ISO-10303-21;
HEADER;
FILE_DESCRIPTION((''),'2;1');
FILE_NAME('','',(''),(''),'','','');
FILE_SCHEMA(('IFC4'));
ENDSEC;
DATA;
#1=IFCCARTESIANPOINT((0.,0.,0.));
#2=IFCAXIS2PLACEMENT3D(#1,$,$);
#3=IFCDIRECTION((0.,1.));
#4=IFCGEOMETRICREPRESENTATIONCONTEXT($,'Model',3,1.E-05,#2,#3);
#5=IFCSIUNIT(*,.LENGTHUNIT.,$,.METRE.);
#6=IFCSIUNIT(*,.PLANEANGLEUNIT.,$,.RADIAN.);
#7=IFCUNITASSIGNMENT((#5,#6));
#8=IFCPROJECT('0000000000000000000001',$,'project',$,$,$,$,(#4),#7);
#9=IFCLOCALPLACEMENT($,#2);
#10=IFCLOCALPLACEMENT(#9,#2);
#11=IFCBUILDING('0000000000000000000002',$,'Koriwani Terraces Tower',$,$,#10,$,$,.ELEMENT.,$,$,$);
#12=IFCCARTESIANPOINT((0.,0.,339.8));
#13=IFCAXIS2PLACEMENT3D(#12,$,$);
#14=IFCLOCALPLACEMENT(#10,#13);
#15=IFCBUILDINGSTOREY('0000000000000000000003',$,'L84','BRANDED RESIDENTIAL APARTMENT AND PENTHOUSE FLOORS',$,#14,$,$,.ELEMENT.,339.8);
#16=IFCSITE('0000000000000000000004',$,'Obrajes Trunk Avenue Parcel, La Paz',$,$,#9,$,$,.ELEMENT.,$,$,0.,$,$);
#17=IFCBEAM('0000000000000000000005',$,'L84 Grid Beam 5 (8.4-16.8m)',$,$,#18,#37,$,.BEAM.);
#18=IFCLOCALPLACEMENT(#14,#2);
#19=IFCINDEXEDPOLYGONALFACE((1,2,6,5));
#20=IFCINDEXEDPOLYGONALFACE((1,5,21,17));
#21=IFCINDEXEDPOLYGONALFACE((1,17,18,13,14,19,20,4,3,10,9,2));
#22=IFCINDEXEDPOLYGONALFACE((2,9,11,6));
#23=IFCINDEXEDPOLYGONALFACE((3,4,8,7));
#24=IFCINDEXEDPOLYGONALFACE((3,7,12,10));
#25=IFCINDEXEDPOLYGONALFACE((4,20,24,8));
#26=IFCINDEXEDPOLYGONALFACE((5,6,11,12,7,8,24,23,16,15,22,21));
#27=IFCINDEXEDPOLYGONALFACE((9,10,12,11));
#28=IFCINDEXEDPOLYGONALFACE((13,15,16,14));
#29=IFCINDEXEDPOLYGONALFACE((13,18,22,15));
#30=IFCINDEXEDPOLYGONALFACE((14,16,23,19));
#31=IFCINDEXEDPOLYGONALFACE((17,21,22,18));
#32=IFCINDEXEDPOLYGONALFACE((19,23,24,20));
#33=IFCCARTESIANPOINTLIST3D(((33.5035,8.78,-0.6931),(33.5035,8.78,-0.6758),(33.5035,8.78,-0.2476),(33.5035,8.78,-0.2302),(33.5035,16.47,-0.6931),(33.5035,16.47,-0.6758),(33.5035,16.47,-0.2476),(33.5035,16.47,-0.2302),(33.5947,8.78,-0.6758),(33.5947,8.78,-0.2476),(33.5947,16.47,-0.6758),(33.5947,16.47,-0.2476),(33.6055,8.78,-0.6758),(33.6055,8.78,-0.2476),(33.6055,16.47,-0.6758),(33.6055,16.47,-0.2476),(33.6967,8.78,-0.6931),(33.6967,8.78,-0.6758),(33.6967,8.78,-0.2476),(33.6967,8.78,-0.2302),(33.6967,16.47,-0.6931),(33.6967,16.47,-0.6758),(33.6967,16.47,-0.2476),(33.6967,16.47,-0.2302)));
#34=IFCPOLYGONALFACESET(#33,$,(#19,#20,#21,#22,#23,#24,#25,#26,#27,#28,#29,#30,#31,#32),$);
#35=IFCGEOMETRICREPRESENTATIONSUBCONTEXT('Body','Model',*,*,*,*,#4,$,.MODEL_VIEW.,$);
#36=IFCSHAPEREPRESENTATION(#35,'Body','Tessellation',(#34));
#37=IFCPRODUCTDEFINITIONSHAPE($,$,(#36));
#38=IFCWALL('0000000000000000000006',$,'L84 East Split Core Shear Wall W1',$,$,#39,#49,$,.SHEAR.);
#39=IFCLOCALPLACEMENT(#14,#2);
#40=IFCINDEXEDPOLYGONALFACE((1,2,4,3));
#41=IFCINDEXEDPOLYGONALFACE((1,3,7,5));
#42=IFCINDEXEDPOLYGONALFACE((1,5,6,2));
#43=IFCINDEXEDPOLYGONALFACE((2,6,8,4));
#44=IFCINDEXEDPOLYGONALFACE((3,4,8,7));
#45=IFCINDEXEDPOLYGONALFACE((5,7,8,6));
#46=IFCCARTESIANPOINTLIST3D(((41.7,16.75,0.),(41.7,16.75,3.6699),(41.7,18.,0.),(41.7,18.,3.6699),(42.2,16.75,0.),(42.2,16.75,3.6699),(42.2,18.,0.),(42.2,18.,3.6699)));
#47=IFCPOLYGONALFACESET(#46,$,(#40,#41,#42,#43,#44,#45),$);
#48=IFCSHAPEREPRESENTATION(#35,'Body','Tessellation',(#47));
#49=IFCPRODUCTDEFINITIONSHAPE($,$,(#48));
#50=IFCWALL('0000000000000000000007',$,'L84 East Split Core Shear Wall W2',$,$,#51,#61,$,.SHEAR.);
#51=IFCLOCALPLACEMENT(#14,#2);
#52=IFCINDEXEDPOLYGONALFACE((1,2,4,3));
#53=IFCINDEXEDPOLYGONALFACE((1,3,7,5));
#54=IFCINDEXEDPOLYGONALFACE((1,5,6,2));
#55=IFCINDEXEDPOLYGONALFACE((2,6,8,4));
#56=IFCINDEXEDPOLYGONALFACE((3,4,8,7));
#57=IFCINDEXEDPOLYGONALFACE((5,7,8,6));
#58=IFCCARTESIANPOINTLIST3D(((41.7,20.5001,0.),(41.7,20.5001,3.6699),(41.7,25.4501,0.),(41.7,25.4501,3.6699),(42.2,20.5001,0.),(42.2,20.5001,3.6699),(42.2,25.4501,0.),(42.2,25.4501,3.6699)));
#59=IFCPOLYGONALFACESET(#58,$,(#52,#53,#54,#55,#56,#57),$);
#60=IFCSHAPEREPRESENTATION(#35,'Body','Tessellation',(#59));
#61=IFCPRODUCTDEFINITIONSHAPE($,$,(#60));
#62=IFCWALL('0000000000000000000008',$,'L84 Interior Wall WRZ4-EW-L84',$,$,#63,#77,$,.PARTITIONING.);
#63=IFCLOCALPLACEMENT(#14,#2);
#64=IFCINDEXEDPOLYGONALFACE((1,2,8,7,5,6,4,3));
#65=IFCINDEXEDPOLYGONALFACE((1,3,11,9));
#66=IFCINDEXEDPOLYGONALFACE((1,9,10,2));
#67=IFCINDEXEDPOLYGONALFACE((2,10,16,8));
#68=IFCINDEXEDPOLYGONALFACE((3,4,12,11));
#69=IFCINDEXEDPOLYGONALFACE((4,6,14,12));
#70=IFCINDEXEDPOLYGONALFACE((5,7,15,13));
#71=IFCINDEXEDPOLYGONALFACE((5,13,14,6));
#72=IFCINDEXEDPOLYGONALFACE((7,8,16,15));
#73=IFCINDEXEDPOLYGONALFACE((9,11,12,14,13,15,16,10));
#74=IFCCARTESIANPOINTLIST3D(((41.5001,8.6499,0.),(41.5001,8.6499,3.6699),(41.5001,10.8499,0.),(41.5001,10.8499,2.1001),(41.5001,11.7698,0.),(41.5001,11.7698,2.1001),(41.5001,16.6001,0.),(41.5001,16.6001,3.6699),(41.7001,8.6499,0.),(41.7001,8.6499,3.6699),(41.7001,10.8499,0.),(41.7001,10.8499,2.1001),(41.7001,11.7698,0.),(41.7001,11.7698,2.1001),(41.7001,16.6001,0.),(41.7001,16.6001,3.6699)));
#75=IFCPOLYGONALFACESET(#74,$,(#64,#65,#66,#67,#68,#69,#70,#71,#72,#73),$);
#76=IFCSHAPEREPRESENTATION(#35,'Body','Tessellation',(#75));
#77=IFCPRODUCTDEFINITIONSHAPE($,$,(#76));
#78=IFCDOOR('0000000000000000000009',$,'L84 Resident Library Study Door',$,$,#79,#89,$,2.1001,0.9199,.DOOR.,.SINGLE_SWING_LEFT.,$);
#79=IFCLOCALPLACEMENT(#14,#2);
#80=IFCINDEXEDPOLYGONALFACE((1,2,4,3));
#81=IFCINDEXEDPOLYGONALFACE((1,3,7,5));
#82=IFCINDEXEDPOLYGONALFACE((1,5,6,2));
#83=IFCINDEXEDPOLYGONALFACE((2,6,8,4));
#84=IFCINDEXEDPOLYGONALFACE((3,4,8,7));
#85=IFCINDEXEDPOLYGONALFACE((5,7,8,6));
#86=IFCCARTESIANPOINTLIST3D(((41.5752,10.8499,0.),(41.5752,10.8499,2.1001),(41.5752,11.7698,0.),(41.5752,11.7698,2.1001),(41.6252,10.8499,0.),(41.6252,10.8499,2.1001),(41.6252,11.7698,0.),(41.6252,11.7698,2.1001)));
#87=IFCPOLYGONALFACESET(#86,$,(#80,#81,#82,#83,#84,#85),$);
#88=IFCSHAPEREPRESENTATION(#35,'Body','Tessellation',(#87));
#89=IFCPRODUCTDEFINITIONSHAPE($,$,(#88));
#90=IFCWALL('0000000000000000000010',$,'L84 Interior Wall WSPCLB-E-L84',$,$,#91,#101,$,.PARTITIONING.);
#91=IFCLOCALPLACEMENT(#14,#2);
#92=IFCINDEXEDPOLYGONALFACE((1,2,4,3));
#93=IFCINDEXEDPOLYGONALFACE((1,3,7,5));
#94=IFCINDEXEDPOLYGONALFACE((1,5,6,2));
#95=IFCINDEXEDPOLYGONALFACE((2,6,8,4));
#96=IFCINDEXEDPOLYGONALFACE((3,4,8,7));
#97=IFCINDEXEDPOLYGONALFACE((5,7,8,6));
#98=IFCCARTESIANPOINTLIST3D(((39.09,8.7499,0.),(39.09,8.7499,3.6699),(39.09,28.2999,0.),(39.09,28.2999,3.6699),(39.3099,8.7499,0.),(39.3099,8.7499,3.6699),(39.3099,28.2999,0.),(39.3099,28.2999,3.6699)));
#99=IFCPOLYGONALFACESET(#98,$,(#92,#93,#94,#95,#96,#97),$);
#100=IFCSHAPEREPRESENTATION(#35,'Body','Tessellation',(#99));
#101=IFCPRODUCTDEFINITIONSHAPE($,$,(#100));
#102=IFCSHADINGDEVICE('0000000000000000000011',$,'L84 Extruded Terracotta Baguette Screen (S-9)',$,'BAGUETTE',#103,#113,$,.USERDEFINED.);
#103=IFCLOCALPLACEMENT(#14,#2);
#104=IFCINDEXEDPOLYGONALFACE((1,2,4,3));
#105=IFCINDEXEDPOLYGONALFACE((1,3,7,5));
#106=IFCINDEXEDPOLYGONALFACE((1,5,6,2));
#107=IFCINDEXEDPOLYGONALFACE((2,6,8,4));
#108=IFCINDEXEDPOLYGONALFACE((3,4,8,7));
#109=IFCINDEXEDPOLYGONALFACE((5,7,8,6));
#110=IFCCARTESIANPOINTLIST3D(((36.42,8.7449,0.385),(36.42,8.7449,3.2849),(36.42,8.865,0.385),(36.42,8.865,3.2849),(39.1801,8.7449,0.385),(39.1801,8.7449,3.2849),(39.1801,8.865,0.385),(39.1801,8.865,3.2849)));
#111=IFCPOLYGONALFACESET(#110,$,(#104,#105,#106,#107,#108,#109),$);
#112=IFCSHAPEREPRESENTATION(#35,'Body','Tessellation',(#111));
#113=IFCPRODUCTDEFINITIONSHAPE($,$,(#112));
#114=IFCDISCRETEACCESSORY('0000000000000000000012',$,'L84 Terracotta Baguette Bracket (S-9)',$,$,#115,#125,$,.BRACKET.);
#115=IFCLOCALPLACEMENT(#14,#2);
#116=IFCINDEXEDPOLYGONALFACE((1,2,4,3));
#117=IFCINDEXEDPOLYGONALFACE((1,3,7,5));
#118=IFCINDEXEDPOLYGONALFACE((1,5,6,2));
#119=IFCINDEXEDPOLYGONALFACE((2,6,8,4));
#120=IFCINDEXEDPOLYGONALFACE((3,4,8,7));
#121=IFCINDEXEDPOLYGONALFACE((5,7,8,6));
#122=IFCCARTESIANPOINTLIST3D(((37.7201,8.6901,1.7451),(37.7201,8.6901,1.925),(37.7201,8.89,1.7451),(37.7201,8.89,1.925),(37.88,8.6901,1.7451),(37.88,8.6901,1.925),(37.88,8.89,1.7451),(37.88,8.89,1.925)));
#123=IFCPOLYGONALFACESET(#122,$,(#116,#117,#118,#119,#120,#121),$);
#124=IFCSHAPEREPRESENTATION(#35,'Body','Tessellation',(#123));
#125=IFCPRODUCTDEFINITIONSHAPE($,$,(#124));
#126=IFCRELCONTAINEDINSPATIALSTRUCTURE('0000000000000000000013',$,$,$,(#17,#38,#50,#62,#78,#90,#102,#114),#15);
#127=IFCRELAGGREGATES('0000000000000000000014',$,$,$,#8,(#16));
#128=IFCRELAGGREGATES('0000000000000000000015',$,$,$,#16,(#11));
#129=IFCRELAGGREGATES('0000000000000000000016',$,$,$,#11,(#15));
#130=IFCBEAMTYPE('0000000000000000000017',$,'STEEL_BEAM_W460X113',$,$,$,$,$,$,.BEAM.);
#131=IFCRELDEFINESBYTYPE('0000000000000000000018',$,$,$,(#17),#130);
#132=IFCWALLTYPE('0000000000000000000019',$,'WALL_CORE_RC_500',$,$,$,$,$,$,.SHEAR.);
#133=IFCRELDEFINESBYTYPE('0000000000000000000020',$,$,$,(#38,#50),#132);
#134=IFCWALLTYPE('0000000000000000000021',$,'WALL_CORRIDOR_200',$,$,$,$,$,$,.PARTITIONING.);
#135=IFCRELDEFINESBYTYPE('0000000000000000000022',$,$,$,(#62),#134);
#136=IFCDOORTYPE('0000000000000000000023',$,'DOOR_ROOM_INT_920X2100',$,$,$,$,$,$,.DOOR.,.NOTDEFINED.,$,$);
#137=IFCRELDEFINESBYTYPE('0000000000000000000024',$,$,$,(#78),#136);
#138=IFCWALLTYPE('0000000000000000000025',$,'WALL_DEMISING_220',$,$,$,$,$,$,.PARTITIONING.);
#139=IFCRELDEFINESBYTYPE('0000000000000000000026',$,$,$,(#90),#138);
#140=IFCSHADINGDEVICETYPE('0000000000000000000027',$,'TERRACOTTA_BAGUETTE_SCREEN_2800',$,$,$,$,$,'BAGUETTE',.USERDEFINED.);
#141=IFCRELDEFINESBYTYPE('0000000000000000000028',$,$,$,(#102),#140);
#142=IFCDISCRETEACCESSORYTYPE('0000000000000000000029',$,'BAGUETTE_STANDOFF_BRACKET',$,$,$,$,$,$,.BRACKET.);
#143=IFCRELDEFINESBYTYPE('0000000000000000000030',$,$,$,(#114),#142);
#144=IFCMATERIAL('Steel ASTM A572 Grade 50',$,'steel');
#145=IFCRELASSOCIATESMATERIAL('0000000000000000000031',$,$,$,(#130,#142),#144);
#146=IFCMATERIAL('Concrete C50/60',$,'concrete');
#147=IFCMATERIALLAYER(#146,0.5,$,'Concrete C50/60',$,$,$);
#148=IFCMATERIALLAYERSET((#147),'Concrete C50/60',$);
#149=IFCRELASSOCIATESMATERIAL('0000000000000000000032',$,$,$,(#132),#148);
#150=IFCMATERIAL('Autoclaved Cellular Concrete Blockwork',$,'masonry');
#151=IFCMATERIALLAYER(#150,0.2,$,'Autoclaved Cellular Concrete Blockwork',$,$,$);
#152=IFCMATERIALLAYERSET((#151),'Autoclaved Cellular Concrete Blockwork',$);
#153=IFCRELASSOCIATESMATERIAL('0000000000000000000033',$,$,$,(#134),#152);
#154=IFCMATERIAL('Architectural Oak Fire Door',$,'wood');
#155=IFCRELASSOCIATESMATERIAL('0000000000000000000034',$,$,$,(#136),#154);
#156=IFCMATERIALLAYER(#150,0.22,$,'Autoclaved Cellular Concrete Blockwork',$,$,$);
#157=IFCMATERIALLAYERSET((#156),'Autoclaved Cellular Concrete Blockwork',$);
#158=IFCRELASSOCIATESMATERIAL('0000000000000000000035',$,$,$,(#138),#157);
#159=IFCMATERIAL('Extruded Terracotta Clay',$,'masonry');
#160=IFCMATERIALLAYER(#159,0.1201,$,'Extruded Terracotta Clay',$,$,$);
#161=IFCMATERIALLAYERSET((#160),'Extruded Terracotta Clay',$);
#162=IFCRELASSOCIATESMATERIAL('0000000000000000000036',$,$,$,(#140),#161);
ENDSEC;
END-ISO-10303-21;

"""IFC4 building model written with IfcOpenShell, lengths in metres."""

from ifc_helpers import new_model, si_unit, direction, frame, frame_2d, origin, origin_2d, place, context, subcontext, project, spatial, rectangle, i_section, extrude, material, layer, layer_set, material_profile, profile_set, type_object, element, fill, save


model = new_model("IFC4")

# Units and contexts
model_context = context("Model", 3, precision=1e-05, world=origin(), true_north=direction((0.0, 1.0)))
body_context = subcontext(model_context, "Body", "Model", "MODEL_VIEW")
ifc_project = project(units=[si_unit("LENGTHUNIT", "METRE"), si_unit("PLANEANGLEUNIT", "RADIAN")], contexts=[model_context])

# Site, building, storey
site_placement = place(None, origin())
site = spatial("IfcSite", under=ifc_project, at=site_placement, Name="Obrajes Trunk Avenue Parcel, La Paz", CompositionType="ELEMENT", RefElevation=0.0)
building_placement = place(site_placement, origin())
building = spatial("IfcBuilding", under=site, at=building_placement, Name="Koriwani Terraces Tower", CompositionType="ELEMENT")
storey_placement = place(building_placement, frame((0.0, 0.0, 339.8)))
storey = spatial("IfcBuildingStorey", under=building, at=storey_placement, Name="L84", Description="BRANDED RESIDENTIAL APARTMENT AND PENTHOUSE FLOORS", CompositionType="ELEMENT", Elevation=339.8)

# Shared definitions
ifc_material_1 = material(Name="Concrete C50/60", Category="concrete")

# Beam
ifc_material_2 = material(Name="Steel ASTM A572 Grade 50", Category="steel")
ifc_material_profile_1 = material_profile(ifc_material_2, i_section(OverallWidth=0.1931, OverallDepth=0.4629, WebThickness=0.0107, FlangeThickness=0.0173, at=origin_2d()), Name="Steel ASTM A572 Grade 50", Category="LoadBearing")
ifc_profile_set_1 = profile_set([ifc_material_profile_1], Name="Steel ASTM A572 Grade 50")
beam_type_1 = type_object("IfcBeamType", Name="STEEL_BEAM_W460X113", PredefinedType="BEAM", material=ifc_profile_set_1)
beam_1_placement = place(storey_placement, frame((33.6001, 8.78, -0.4617), z_axis=(0.0, 1.0, 0.0), x_axis=(-1.0, 0.0, 0.0)))
element("IfcBeam", 1, at=beam_1_placement, inside=storey, type_object=beam_type_1, Name="L84 Grid Beam 5 (8.4-16.8m)", PredefinedType="BEAM", context=body_context, shape_type="SweptSolid", body=[
    extrude(i_section(OverallWidth=0.1931, OverallDepth=0.4629, WebThickness=0.0107, FlangeThickness=0.0173, at=origin_2d()), origin(), (0.0, 0.0, 1.0), 7.6899),
])

# Walls
ifc_layer_1 = layer(ifc_material_1, 0.5, Name="Concrete C50/60")
ifc_layer_set_1 = layer_set([ifc_layer_1], Name="Concrete C50/60")
wall_type_1 = type_object("IfcWallType", Name="WALL_CORE_RC_500", PredefinedType="SHEAR", material=ifc_layer_set_1)
wall_1_placement = place(storey_placement, frame((41.95, 16.75, 0.0), z_axis=(0.0, 0.0, 1.0), x_axis=(0.0, 1.0, 0.0)))
element("IfcWall", 2, at=wall_1_placement, inside=storey, type_object=wall_type_1, Name="L84 East Split Core Shear Wall W1", PredefinedType="SHEAR", context=body_context, shape_type="SweptSolid", body=[
    extrude(rectangle(XDim=1.25, YDim=0.5, at=frame_2d((0.625, 0.0))), origin(), (0.0, 0.0, 1.0), 3.6699),
])
wall_2_placement = place(storey_placement, frame((41.95, 20.5, 0.0), z_axis=(0.0, 0.0, 1.0), x_axis=(0.0, 1.0, 0.0)))
element("IfcWall", 3, at=wall_2_placement, inside=storey, type_object=wall_type_1, Name="L84 East Split Core Shear Wall W2", PredefinedType="SHEAR", context=body_context, shape_type="SweptSolid", body=[
    extrude(rectangle(XDim=4.95, YDim=0.5, at=frame_2d((2.4751, 0.0))), origin(), (0.0, 0.0, 1.0), 3.6699),
])

# Wall, opening, door
ifc_material_3 = material(Name="Autoclaved Cellular Concrete Blockwork", Category="masonry")
ifc_layer_2 = layer(ifc_material_3, 0.2, Name="Autoclaved Cellular Concrete Blockwork")
ifc_layer_set_2 = layer_set([ifc_layer_2], Name="Autoclaved Cellular Concrete Blockwork")
wall_type_2 = type_object("IfcWallType", Name="WALL_CORRIDOR_200", PredefinedType="PARTITIONING", material=ifc_layer_set_2)
wall_3_placement = place(storey_placement, frame((41.6001, 8.6499, 0.0), z_axis=(0.0, 0.0, 1.0), x_axis=(0.0, 1.0, 0.0)))
wall_3 = element("IfcWall", 4, at=wall_3_placement, inside=storey, type_object=wall_type_2, Name="L84 Interior Wall WRZ4-EW-L84", PredefinedType="PARTITIONING", context=body_context, shape_type="SweptSolid", body=[
    extrude(rectangle(XDim=7.9502, YDim=0.2, at=frame_2d((3.9751, 0.0))), origin(), (0.0, 0.0, 1.0), 3.6699),
])
opening_placement = place(wall_3_placement, frame((2.2, 0.0, 0.0)))
opening = element("IfcOpeningElement", 5, at=opening_placement, cuts=wall_3, PredefinedType="OPENING", context=body_context, shape_type="SweptSolid", body=[
    extrude(rectangle(XDim=0.9199, YDim=2.1001, at=frame_2d((0.46, 1.05))), frame((0.0, 0.1099, 0.0), z_axis=(0.0, -1.0, 0.0), x_axis=(1.0, 0.0, 0.0)), (0.0, 0.0, 1.0), 0.22),
])
ifc_material_4 = material(Name="Architectural Oak Fire Door", Category="wood")
door_type = type_object("IfcDoorType", Name="DOOR_ROOM_INT_920X2100", OperationType="NOTDEFINED", PredefinedType="DOOR", material=ifc_material_4)
door_placement = place(opening_placement, origin())
door = element("IfcDoor", 6, at=door_placement, inside=storey, type_object=door_type, Name="L84 Resident Library Study Door", OperationType="SINGLE_SWING_LEFT", OverallHeight=2.1001, OverallWidth=0.9199, PredefinedType="DOOR", context=body_context, shape_type="SweptSolid", body=[
    extrude(rectangle(XDim=0.9199, YDim=2.1001, at=frame_2d((0.46, 1.05))), frame((0.0, 0.0249, 0.0), z_axis=(0.0, -1.0, 0.0), x_axis=(1.0, 0.0, 0.0)), (0.0, 0.0, 1.0), 0.05),
])
fill(opening, door)

# Wall
ifc_layer_3 = layer(ifc_material_3, 0.22, Name="Autoclaved Cellular Concrete Blockwork")
ifc_layer_set_3 = layer_set([ifc_layer_3], Name="Autoclaved Cellular Concrete Blockwork")
wall_type_3 = type_object("IfcWallType", Name="WALL_DEMISING_220", PredefinedType="PARTITIONING", material=ifc_layer_set_3)
wall_4_placement = place(storey_placement, frame((39.2, 8.75, 0.0), z_axis=(0.0, 0.0, 1.0), x_axis=(0.0, 1.0, 0.0)))
element("IfcWall", 7, at=wall_4_placement, inside=storey, type_object=wall_type_3, Name="L84 Interior Wall WSPCLB-E-L84", PredefinedType="PARTITIONING", context=body_context, shape_type="SweptSolid", body=[
    extrude(rectangle(XDim=19.55, YDim=0.22, at=frame_2d((9.7749, 0.0))), origin(), (0.0, 0.0, 1.0), 3.6699),
])

# Shading device
ifc_material_5 = material(Name="Extruded Terracotta Clay", Category="masonry")
ifc_layer_4 = layer(ifc_material_5, 0.1201, Name="Extruded Terracotta Clay")
ifc_layer_set_4 = layer_set([ifc_layer_4], Name="Extruded Terracotta Clay")
shading_device_type = type_object("IfcShadingDeviceType", Name="TERRACOTTA_BAGUETTE_SCREEN_2800", ElementType="BAGUETTE", PredefinedType="USERDEFINED", material=ifc_layer_set_4)
shading_device_placement = place(storey_placement, frame((37.8, 8.8049, 0.385), z_axis=(0.0, 0.0, 1.0), x_axis=(-1.0, 0.0, 0.0)))
element("IfcShadingDevice", 8, at=shading_device_placement, inside=storey, type_object=shading_device_type, Name="L84 Extruded Terracotta Baguette Screen (S-9)", ObjectType="BAGUETTE", PredefinedType="USERDEFINED", context=body_context, shape_type="SweptSolid", body=[
    extrude(rectangle(XDim=2.76, YDim=0.1201, at=origin_2d()), origin(), (0.0, 0.0, 1.0), 2.8999),
])

# Discrete accessory
discrete_accessory_type = type_object("IfcDiscreteAccessoryType", Name="BAGUETTE_STANDOFF_BRACKET", PredefinedType="BRACKET", material=ifc_material_2)
discrete_accessory_placement = place(storey_placement, frame((37.8, 8.79, 1.7451), z_axis=(0.0, 0.0, 1.0), x_axis=(-1.0, 0.0, 0.0)))
element("IfcDiscreteAccessory", 9, at=discrete_accessory_placement, inside=storey, type_object=discrete_accessory_type, Name="L84 Terracotta Baguette Bracket (S-9)", PredefinedType="BRACKET", context=body_context, shape_type="SweptSolid", body=[
    extrude(rectangle(XDim=0.1599, YDim=0.2, at=origin_2d()), origin(), (0.0, 0.0, 1.0), 0.1799),
])

save(model, "model.ifc")
